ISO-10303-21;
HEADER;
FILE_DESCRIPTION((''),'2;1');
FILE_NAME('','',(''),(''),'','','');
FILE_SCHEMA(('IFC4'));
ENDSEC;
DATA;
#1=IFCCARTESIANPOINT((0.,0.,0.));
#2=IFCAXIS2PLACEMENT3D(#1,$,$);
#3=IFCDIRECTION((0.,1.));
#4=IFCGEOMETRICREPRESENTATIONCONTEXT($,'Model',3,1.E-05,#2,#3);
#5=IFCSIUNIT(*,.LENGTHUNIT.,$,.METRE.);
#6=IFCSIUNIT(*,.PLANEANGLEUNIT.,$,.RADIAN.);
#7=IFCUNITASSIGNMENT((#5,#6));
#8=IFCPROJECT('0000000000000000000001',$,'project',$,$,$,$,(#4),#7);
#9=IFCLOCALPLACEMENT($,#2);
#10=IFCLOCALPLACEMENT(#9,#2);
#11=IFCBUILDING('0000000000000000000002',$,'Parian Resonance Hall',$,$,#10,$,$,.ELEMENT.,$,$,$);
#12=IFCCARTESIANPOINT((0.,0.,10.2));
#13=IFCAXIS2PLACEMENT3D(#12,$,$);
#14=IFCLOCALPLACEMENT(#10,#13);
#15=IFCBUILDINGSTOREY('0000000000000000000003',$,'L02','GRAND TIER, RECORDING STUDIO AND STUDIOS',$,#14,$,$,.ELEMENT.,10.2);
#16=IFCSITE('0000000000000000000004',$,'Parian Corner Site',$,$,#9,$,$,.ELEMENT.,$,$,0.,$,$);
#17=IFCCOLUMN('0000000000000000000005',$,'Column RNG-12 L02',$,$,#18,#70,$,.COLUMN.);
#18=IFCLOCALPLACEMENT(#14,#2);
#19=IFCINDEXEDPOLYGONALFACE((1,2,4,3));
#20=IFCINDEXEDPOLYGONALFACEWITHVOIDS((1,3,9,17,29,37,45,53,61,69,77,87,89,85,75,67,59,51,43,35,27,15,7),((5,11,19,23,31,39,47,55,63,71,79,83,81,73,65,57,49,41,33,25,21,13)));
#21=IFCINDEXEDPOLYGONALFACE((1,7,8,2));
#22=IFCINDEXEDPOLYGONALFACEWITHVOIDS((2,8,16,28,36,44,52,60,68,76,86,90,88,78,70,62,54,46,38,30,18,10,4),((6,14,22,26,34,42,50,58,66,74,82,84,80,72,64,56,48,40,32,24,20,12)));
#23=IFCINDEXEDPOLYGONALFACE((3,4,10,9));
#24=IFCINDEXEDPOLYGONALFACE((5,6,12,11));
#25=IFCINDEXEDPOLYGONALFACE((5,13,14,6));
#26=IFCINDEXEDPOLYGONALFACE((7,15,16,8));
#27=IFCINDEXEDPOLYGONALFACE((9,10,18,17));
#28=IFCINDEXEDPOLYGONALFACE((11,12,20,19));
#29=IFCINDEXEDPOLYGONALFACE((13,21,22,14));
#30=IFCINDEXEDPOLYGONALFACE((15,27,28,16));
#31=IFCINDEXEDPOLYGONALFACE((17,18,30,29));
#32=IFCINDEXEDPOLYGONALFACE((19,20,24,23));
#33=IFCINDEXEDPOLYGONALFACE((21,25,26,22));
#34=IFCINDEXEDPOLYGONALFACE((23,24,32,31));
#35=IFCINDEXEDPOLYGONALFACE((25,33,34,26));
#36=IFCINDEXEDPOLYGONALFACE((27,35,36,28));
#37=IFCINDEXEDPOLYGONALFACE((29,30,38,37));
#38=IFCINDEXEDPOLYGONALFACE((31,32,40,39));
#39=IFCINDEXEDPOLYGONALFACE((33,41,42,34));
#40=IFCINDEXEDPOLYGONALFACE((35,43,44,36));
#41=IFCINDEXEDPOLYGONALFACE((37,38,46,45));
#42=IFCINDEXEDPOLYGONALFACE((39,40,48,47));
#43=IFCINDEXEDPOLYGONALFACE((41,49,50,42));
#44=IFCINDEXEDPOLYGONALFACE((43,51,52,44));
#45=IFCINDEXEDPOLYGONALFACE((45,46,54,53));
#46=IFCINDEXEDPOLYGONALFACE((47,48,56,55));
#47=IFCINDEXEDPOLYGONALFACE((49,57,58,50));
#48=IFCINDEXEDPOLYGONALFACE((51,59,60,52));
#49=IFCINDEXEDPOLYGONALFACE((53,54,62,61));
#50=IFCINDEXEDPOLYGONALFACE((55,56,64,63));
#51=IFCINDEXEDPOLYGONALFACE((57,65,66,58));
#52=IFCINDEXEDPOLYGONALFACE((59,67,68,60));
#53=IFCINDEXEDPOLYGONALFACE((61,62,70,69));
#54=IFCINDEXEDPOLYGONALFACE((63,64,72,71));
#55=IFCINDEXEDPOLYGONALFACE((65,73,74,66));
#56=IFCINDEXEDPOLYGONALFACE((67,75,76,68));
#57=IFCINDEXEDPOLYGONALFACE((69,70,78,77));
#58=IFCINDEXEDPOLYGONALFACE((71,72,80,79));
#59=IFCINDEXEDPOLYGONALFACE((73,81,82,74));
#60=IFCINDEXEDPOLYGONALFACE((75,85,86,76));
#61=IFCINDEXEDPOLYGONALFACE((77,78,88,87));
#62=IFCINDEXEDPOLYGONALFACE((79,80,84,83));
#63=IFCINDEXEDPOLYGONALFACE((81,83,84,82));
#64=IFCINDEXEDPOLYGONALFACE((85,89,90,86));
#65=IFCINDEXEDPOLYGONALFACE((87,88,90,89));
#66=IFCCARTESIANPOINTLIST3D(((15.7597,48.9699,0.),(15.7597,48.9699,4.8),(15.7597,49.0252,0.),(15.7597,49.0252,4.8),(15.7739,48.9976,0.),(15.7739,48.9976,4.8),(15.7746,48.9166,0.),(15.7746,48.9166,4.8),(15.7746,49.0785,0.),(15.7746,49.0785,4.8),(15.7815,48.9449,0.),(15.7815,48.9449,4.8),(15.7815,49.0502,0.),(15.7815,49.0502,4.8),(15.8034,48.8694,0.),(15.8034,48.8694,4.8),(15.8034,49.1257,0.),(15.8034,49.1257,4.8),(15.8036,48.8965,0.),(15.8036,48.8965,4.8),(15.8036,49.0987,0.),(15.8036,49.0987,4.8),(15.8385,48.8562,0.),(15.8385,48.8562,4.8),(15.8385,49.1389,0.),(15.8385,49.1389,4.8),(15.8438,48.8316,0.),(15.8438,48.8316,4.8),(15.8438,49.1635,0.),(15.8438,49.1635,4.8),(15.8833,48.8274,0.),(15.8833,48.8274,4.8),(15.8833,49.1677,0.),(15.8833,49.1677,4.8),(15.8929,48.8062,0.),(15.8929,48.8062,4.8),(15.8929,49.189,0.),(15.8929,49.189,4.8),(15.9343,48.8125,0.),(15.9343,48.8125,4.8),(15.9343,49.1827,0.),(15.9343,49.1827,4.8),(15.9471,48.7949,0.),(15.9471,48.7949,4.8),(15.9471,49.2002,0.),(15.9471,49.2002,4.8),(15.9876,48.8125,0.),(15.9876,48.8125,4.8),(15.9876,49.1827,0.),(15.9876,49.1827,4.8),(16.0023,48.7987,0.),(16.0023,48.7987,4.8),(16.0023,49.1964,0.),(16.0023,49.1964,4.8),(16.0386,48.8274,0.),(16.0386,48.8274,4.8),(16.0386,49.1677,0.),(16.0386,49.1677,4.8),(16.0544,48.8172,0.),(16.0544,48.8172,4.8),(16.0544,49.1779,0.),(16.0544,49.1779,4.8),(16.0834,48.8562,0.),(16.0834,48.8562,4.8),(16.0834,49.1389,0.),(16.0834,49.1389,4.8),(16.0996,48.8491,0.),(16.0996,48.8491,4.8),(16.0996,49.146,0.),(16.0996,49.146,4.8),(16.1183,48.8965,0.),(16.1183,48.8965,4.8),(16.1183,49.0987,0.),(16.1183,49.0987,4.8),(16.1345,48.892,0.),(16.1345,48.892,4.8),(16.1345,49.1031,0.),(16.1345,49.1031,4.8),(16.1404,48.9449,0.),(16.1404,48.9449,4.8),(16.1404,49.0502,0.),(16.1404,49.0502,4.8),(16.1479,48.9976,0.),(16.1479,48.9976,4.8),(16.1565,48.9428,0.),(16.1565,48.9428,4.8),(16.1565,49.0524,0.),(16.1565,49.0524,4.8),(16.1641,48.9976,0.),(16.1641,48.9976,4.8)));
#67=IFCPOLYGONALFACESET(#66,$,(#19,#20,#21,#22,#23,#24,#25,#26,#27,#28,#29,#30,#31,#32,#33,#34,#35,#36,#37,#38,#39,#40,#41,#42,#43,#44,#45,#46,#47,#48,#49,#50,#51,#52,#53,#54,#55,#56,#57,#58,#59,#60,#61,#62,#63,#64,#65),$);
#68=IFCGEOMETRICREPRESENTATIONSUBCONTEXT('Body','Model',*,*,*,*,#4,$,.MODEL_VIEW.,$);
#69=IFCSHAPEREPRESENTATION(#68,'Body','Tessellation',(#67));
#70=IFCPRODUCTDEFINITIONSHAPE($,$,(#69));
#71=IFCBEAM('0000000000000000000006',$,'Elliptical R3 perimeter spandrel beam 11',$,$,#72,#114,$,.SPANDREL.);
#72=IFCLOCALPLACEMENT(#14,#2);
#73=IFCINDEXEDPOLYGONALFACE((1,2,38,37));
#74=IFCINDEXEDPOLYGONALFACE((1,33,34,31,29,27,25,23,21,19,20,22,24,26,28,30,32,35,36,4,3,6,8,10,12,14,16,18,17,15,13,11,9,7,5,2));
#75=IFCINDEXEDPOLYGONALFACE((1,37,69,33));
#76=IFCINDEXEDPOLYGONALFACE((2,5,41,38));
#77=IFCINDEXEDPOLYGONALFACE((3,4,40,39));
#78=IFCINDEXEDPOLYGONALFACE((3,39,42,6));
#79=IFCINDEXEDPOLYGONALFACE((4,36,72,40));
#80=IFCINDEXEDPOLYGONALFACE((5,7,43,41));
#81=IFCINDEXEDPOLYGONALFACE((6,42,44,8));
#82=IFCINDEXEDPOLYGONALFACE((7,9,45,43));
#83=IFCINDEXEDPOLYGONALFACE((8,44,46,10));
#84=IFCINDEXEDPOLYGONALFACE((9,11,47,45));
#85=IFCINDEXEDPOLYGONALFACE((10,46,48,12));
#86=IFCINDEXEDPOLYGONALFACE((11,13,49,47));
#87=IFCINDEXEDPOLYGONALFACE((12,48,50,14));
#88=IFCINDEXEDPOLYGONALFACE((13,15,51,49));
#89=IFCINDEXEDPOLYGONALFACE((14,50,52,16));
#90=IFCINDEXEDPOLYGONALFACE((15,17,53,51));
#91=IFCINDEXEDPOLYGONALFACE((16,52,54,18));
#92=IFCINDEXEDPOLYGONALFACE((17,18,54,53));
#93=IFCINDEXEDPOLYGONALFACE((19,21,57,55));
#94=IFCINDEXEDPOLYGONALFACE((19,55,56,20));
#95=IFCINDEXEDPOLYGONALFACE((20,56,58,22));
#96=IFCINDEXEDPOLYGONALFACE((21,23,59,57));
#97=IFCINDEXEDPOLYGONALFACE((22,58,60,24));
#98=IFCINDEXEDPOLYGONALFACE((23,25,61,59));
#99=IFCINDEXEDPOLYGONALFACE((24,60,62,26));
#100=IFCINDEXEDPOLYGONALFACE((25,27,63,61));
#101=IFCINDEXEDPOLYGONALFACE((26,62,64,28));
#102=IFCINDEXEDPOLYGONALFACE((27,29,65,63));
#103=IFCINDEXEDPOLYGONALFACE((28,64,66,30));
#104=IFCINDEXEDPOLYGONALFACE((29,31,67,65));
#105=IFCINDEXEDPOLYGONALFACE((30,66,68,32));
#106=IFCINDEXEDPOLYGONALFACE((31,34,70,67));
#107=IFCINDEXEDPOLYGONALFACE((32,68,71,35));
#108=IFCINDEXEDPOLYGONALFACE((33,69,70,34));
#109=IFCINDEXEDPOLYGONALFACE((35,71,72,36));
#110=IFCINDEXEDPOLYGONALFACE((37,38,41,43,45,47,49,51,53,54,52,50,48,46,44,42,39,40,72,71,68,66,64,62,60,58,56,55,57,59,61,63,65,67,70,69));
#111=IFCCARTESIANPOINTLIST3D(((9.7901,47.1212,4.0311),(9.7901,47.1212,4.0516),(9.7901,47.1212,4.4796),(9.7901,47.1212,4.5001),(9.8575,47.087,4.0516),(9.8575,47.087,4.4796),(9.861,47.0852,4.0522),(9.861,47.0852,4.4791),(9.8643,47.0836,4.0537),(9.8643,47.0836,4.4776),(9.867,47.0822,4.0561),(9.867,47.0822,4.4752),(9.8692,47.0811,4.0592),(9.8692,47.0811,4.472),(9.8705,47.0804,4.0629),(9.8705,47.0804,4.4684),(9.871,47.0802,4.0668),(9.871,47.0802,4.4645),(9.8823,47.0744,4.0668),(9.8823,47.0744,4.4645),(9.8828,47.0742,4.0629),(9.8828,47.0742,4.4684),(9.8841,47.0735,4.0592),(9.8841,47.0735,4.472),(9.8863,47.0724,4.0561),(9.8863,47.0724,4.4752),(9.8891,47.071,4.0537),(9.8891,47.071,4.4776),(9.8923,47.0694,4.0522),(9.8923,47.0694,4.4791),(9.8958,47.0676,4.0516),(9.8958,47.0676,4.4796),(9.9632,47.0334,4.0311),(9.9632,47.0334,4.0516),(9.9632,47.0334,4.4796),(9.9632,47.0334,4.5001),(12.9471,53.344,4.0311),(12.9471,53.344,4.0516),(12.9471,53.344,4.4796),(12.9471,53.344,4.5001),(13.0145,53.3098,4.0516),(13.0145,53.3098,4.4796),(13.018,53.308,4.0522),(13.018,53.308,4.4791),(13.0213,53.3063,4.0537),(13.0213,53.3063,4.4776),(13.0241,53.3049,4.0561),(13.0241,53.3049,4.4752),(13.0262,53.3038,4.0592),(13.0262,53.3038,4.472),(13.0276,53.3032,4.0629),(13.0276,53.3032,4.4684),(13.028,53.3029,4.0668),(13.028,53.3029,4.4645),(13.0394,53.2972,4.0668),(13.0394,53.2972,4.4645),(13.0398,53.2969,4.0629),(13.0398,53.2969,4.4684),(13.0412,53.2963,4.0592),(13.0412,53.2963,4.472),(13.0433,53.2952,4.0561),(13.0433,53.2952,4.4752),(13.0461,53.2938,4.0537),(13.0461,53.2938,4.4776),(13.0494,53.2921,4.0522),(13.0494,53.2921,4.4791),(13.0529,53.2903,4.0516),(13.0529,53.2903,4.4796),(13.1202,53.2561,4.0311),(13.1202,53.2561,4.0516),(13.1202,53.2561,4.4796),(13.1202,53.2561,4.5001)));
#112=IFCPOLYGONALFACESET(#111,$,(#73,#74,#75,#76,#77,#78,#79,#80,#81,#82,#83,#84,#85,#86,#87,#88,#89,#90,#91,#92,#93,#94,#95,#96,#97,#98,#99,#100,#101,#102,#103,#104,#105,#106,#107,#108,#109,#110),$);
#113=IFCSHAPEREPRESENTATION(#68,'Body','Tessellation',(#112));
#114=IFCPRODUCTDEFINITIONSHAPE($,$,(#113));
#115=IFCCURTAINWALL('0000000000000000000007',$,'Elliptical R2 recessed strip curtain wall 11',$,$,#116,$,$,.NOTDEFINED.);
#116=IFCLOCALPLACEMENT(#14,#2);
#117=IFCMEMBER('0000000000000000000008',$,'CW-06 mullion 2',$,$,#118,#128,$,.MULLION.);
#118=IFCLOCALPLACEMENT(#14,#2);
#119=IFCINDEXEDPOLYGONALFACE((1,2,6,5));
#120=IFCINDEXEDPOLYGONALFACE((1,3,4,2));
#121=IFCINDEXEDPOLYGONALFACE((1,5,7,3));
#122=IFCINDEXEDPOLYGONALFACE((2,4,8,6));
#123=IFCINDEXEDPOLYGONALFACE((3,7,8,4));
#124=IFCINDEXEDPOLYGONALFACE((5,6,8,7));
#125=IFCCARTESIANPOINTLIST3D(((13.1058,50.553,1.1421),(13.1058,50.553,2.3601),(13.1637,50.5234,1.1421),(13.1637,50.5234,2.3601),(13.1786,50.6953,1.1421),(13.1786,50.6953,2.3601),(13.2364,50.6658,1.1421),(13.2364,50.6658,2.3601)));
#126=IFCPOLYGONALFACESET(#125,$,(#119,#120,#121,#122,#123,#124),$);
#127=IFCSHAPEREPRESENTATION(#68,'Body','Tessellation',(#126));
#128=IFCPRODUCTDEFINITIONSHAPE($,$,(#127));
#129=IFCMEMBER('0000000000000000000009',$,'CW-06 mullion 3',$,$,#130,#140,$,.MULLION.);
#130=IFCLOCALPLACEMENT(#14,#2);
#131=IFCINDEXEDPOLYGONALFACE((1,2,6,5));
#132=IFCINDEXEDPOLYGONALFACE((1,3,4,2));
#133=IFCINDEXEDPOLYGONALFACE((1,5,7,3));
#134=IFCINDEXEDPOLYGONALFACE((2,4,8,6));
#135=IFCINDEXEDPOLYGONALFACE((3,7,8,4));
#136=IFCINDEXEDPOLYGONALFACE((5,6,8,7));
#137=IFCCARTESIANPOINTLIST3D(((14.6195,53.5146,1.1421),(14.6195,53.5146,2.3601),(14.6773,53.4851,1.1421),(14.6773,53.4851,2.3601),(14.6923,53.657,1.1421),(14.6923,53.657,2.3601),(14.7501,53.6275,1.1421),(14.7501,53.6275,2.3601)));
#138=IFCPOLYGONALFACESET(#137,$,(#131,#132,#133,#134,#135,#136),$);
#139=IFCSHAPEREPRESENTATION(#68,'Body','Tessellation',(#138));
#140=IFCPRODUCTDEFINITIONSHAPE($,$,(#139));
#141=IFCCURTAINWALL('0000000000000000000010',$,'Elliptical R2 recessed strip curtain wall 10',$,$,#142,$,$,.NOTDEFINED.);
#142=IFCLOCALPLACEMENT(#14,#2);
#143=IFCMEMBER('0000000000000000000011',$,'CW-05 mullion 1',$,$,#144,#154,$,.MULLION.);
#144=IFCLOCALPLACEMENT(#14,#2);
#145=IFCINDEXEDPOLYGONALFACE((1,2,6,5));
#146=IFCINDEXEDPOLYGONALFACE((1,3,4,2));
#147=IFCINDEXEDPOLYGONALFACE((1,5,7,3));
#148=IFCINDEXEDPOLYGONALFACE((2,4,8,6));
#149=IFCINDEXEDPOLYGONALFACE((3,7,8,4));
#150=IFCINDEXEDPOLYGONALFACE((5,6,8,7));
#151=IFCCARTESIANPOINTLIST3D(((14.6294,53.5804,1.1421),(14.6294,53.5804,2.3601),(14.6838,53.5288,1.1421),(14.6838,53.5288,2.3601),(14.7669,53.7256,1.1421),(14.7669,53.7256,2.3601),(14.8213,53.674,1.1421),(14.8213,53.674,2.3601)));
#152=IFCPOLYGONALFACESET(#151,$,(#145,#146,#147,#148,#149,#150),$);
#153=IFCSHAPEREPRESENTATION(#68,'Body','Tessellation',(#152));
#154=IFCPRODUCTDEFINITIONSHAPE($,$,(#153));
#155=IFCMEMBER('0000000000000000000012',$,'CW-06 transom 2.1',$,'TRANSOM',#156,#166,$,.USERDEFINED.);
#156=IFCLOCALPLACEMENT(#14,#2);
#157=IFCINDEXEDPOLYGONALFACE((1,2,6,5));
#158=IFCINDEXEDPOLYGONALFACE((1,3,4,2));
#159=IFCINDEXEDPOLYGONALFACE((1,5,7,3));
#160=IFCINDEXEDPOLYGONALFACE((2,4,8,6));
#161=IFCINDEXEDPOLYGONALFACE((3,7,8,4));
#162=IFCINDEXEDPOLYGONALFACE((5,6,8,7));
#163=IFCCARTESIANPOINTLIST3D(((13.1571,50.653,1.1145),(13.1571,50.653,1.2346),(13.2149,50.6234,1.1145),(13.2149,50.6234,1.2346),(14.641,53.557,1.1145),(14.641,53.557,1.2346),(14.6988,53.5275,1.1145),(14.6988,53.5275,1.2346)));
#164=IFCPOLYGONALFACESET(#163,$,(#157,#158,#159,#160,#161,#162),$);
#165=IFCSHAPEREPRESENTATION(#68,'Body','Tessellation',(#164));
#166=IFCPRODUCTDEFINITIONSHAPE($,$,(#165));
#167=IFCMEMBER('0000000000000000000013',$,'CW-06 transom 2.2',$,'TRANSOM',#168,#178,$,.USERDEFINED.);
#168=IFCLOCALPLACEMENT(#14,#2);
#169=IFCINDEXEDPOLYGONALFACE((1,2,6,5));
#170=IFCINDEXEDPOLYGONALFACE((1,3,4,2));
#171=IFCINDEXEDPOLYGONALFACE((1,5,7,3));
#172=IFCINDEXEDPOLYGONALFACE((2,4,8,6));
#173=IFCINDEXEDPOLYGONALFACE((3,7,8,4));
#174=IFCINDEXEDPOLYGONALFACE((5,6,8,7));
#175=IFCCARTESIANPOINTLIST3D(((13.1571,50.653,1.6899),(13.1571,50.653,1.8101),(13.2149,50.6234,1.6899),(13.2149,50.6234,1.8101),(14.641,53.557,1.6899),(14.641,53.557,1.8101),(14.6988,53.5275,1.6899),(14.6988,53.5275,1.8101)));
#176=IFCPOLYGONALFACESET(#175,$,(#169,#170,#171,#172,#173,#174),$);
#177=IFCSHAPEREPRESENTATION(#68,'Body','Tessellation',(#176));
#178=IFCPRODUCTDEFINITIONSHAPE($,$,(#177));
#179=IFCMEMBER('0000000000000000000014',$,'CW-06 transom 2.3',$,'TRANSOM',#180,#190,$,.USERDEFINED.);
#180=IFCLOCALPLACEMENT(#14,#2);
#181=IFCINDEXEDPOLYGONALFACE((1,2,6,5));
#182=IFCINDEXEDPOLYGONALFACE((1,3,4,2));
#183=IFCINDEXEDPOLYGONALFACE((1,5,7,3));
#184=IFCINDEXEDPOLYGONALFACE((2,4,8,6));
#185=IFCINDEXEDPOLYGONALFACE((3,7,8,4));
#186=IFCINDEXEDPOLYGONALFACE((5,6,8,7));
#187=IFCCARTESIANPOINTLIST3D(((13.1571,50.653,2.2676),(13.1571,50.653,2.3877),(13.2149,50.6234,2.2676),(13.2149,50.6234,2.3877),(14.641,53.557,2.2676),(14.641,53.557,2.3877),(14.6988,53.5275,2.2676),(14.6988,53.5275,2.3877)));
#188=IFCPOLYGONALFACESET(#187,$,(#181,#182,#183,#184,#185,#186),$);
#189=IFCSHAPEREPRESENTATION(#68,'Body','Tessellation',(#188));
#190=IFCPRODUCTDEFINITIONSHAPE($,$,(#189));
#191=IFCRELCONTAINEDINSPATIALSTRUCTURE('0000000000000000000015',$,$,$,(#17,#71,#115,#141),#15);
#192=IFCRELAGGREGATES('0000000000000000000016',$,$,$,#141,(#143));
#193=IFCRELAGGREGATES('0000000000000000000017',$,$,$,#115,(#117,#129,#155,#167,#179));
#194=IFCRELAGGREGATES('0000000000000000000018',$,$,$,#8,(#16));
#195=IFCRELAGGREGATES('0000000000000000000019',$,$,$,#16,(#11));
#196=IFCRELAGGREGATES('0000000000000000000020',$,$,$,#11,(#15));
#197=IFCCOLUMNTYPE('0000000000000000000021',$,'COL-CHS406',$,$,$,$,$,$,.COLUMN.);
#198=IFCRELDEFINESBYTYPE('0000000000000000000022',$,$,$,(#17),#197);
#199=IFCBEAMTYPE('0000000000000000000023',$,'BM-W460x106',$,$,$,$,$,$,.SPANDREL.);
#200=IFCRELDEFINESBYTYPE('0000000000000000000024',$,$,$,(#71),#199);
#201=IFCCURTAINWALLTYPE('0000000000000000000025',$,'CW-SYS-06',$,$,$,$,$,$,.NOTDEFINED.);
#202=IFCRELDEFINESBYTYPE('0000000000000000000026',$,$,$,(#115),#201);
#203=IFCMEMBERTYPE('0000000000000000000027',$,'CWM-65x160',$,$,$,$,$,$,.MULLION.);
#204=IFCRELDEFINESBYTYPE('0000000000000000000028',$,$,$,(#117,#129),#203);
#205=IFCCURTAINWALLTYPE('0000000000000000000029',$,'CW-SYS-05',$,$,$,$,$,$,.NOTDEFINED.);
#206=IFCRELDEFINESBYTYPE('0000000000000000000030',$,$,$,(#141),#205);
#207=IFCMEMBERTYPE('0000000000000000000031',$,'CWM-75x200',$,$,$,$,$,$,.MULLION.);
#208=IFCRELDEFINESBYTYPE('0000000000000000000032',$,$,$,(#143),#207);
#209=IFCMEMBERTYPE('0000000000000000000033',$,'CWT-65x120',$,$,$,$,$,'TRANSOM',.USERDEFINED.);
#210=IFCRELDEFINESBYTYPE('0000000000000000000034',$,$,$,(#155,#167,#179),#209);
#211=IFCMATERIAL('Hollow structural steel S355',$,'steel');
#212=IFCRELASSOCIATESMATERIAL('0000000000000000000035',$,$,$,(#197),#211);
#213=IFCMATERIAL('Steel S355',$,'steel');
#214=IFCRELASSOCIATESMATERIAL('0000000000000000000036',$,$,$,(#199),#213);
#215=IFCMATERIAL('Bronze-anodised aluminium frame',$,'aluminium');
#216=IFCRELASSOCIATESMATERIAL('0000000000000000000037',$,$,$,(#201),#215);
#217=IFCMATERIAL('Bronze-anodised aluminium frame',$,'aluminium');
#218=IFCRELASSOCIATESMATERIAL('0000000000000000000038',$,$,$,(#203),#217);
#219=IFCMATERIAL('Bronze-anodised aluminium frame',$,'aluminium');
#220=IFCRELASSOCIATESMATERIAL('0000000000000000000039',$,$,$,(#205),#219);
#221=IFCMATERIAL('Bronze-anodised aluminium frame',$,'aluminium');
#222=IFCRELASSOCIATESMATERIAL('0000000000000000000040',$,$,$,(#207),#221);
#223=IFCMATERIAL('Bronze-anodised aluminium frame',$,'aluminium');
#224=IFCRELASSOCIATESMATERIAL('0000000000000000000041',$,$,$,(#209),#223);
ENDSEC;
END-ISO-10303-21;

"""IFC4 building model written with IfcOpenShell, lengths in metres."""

from ifc_helpers import new_model, si_unit, direction, frame, origin, origin_2d, place, context, subcontext, project, spatial, rectangle, hollow_circle, i_section, extrude, material, material_profile, profile_set, type_object, element, aggregate, save


model = new_model("IFC4")

# Units and contexts
model_context = context("Model", 3, precision=1e-05, world=origin(), true_north=direction((0.0, 1.0)))
body_context = subcontext(model_context, "Body", "Model", "MODEL_VIEW")
ifc_project = project(units=[si_unit("LENGTHUNIT", "METRE"), si_unit("PLANEANGLEUNIT", "RADIAN")], contexts=[model_context])

# Site, building, storey
site_placement = place(None, origin())
site = spatial("IfcSite", under=ifc_project, at=site_placement, Name="Parian Corner Site", CompositionType="ELEMENT", RefElevation=0.0)
building_placement = place(site_placement, origin())
building = spatial("IfcBuilding", under=site, at=building_placement, Name="Parian Resonance Hall", CompositionType="ELEMENT")
storey_placement = place(building_placement, frame((0.0, 0.0, 10.2)))
storey = spatial("IfcBuildingStorey", under=building, at=storey_placement, Name="L02", Description="GRAND TIER, RECORDING STUDIO AND STUDIOS", CompositionType="ELEMENT", Elevation=10.2)

# Column
ifc_material_1 = material(Name="Hollow structural steel S355", Category="steel")
ifc_material_profile_1 = material_profile(ifc_material_1, hollow_circle(Radius=0.2031, WallThickness=0.0161, at=origin_2d()), Name="CHS406.4x16")
ifc_profile_set_1 = profile_set([ifc_material_profile_1], Name="Hollow structural steel S355")
column_type = type_object("IfcColumnType", Name="COL-CHS406", PredefinedType="COLUMN", material=ifc_profile_set_1)
column_placement = place(storey_placement, frame((15.9609, 48.9976, 0.0), z_axis=(0.0, 0.0, 1.0), x_axis=(1.0, 0.0, 0.0)))
element("IfcColumn", 1, at=column_placement, inside=storey, type_object=column_type, Name="Column RNG-12 L02", PredefinedType="COLUMN", context=body_context, shape_type="SweptSolid", body=[
    extrude(hollow_circle(Radius=0.2031, WallThickness=0.0161, at=origin_2d()), origin(), (0.0, 0.0, 1.0), 4.8),
])

# Beam
ifc_material_2 = material(Name="Steel S355", Category="steel")
ifc_material_profile_2 = material_profile(ifc_material_2, i_section(OverallWidth=0.1941, OverallDepth=0.469, WebThickness=0.0127, FlangeThickness=0.0205, FilletRadius=0.0151, at=origin_2d()), Name="W460x106")
ifc_profile_set_2 = profile_set([ifc_material_profile_2], Name="Steel S355")
beam_type = type_object("IfcBeamType", Name="BM-W460x106", PredefinedType="SPANDREL", material=ifc_profile_set_2)
beam_placement = place(storey_placement, frame((13.0337, 53.3, 4.2656), z_axis=(-0.45244, -0.891795, 0.0), x_axis=(0.891795, -0.45244, 0.0)))
element("IfcBeam", 2, at=beam_placement, inside=storey, type_object=beam_type, Name="Elliptical R3 perimeter spandrel beam 11", PredefinedType="SPANDREL", context=body_context, shape_type="SweptSolid", body=[
    extrude(i_section(OverallWidth=0.1941, OverallDepth=0.469, WebThickness=0.0127, FlangeThickness=0.0205, FilletRadius=0.0151, at=origin_2d()), origin(), (0.0, 0.0, 1.0), 6.9778),
])

# Curtain wall, members
ifc_material_3 = material(Name="Bronze-anodised aluminium frame", Category="aluminium")
curtain_wall_type_1 = type_object("IfcCurtainWallType", Name="CW-SYS-06", PredefinedType="NOTDEFINED", material=ifc_material_3)
curtain_wall_1_placement = place(storey_placement, origin())
curtain_wall_1 = element("IfcCurtainWall", 3, at=curtain_wall_1_placement, inside=storey, type_object=curtain_wall_type_1, Name="Elliptical R2 recessed strip curtain wall 11", PredefinedType="NOTDEFINED")
ifc_material_4 = material(Name="Bronze-anodised aluminium frame", Category="aluminium")
ifc_material_profile_3 = material_profile(ifc_material_4, rectangle(XDim=0.0649, YDim=0.1599, at=origin_2d()), Name="CWM-65x160")
ifc_profile_set_3 = profile_set([ifc_material_profile_3], Name="Bronze-anodised aluminium frame")
member_type_1 = type_object("IfcMemberType", Name="CWM-65x160", PredefinedType="MULLION", material=ifc_profile_set_3)
member_1_placement = place(storey_placement, frame((13.1711, 50.6094, 1.1421), z_axis=(0.0, 0.0, 1.0), x_axis=(-0.890447, 0.455086, 0.0)))
member_1 = element("IfcMember", 4, at=member_1_placement, type_object=member_type_1, Name="CW-06 mullion 2", PredefinedType="MULLION", context=body_context, shape_type="SweptSolid", body=[
    extrude(rectangle(XDim=0.0649, YDim=0.1599, at=origin_2d()), origin(), (0.0, 0.0, 1.0), 1.218),
])
member_2_placement = place(storey_placement, frame((14.6848, 53.571, 1.1421), z_axis=(0.0, 0.0, 1.0), x_axis=(-0.890447, 0.455086, 0.0)))
member_2 = element("IfcMember", 5, at=member_2_placement, type_object=member_type_1, Name="CW-06 mullion 3", PredefinedType="MULLION", context=body_context, shape_type="SweptSolid", body=[
    extrude(rectangle(XDim=0.0649, YDim=0.1599, at=origin_2d()), origin(), (0.0, 0.0, 1.0), 1.218),
])

# Curtain wall, member
ifc_material_5 = material(Name="Bronze-anodised aluminium frame", Category="aluminium")
curtain_wall_type_2 = type_object("IfcCurtainWallType", Name="CW-SYS-05", PredefinedType="NOTDEFINED", material=ifc_material_5)
curtain_wall_2_placement = place(storey_placement, origin())
curtain_wall_2 = element("IfcCurtainWall", 6, at=curtain_wall_2_placement, inside=storey, type_object=curtain_wall_type_2, Name="Elliptical R2 recessed strip curtain wall 10", PredefinedType="NOTDEFINED")
ifc_material_6 = material(Name="Bronze-anodised aluminium frame", Category="aluminium")
ifc_material_profile_4 = material_profile(ifc_material_6, rectangle(XDim=0.075, YDim=0.2, at=origin_2d()), Name="CWM-75x200")
ifc_profile_set_4 = profile_set([ifc_material_profile_4], Name="Bronze-anodised aluminium frame")
member_type_2 = type_object("IfcMemberType", Name="CWM-75x200", PredefinedType="MULLION", material=ifc_profile_set_4)
member_3_placement = place(storey_placement, frame((14.7253, 53.6272, 1.1421), z_axis=(0.0, 0.0, 1.0), x_axis=(-0.726163, 0.687523, 0.0)))
member_3 = element("IfcMember", 7, at=member_3_placement, type_object=member_type_2, Name="CW-05 mullion 1", PredefinedType="MULLION", context=body_context, shape_type="SweptSolid", body=[
    extrude(rectangle(XDim=0.075, YDim=0.2, at=origin_2d()), origin(), (0.0, 0.0, 1.0), 1.218),
])

# Members
ifc_material_7 = material(Name="Bronze-anodised aluminium frame", Category="aluminium")
ifc_material_profile_5 = material_profile(ifc_material_7, rectangle(XDim=0.0649, YDim=0.1201, at=origin_2d()), Name="CWT-65x120")
ifc_profile_set_5 = profile_set([ifc_material_profile_5], Name="Bronze-anodised aluminium frame")
member_type_3 = type_object("IfcMemberType", Name="CWT-65x120", ElementType="TRANSOM", PredefinedType="USERDEFINED", material=ifc_profile_set_5)
member_4_placement = place(storey_placement, frame((13.186, 50.6382, 1.1746), z_axis=(0.455012, 0.890485, 0.0), x_axis=(-0.890485, 0.455012, 0.0)))
member_4 = element("IfcMember", 8, at=member_4_placement, type_object=member_type_3, Name="CW-06 transom 2.1", ObjectType="TRANSOM", PredefinedType="USERDEFINED", context=body_context, shape_type="SweptSolid", body=[
    extrude(rectangle(XDim=0.0649, YDim=0.1201, at=origin_2d()), origin(), (0.0, 0.0, 1.0), 3.2612),
])
member_5_placement = place(storey_placement, frame((13.186, 50.6382, 1.75), z_axis=(0.455012, 0.890485, 0.0), x_axis=(-0.890485, 0.455012, 0.0)))
member_5 = element("IfcMember", 9, at=member_5_placement, type_object=member_type_3, Name="CW-06 transom 2.2", ObjectType="TRANSOM", PredefinedType="USERDEFINED", context=body_context, shape_type="SweptSolid", body=[
    extrude(rectangle(XDim=0.0649, YDim=0.1201, at=origin_2d()), origin(), (0.0, 0.0, 1.0), 3.2612),
])
member_6_placement = place(storey_placement, frame((13.186, 50.6382, 2.3276), z_axis=(0.455012, 0.890485, 0.0), x_axis=(-0.890485, 0.455012, 0.0)))
member_6 = element("IfcMember", 10, at=member_6_placement, type_object=member_type_3, Name="CW-06 transom 2.3", ObjectType="TRANSOM", PredefinedType="USERDEFINED", context=body_context, shape_type="SweptSolid", body=[
    extrude(rectangle(XDim=0.0649, YDim=0.1201, at=origin_2d()), origin(), (0.0, 0.0, 1.0), 3.2612),
])

aggregate(curtain_wall_2, [member_3])
aggregate(curtain_wall_1, [member_1, member_2, member_4, member_5, member_6])

save(model, "model.ifc")
